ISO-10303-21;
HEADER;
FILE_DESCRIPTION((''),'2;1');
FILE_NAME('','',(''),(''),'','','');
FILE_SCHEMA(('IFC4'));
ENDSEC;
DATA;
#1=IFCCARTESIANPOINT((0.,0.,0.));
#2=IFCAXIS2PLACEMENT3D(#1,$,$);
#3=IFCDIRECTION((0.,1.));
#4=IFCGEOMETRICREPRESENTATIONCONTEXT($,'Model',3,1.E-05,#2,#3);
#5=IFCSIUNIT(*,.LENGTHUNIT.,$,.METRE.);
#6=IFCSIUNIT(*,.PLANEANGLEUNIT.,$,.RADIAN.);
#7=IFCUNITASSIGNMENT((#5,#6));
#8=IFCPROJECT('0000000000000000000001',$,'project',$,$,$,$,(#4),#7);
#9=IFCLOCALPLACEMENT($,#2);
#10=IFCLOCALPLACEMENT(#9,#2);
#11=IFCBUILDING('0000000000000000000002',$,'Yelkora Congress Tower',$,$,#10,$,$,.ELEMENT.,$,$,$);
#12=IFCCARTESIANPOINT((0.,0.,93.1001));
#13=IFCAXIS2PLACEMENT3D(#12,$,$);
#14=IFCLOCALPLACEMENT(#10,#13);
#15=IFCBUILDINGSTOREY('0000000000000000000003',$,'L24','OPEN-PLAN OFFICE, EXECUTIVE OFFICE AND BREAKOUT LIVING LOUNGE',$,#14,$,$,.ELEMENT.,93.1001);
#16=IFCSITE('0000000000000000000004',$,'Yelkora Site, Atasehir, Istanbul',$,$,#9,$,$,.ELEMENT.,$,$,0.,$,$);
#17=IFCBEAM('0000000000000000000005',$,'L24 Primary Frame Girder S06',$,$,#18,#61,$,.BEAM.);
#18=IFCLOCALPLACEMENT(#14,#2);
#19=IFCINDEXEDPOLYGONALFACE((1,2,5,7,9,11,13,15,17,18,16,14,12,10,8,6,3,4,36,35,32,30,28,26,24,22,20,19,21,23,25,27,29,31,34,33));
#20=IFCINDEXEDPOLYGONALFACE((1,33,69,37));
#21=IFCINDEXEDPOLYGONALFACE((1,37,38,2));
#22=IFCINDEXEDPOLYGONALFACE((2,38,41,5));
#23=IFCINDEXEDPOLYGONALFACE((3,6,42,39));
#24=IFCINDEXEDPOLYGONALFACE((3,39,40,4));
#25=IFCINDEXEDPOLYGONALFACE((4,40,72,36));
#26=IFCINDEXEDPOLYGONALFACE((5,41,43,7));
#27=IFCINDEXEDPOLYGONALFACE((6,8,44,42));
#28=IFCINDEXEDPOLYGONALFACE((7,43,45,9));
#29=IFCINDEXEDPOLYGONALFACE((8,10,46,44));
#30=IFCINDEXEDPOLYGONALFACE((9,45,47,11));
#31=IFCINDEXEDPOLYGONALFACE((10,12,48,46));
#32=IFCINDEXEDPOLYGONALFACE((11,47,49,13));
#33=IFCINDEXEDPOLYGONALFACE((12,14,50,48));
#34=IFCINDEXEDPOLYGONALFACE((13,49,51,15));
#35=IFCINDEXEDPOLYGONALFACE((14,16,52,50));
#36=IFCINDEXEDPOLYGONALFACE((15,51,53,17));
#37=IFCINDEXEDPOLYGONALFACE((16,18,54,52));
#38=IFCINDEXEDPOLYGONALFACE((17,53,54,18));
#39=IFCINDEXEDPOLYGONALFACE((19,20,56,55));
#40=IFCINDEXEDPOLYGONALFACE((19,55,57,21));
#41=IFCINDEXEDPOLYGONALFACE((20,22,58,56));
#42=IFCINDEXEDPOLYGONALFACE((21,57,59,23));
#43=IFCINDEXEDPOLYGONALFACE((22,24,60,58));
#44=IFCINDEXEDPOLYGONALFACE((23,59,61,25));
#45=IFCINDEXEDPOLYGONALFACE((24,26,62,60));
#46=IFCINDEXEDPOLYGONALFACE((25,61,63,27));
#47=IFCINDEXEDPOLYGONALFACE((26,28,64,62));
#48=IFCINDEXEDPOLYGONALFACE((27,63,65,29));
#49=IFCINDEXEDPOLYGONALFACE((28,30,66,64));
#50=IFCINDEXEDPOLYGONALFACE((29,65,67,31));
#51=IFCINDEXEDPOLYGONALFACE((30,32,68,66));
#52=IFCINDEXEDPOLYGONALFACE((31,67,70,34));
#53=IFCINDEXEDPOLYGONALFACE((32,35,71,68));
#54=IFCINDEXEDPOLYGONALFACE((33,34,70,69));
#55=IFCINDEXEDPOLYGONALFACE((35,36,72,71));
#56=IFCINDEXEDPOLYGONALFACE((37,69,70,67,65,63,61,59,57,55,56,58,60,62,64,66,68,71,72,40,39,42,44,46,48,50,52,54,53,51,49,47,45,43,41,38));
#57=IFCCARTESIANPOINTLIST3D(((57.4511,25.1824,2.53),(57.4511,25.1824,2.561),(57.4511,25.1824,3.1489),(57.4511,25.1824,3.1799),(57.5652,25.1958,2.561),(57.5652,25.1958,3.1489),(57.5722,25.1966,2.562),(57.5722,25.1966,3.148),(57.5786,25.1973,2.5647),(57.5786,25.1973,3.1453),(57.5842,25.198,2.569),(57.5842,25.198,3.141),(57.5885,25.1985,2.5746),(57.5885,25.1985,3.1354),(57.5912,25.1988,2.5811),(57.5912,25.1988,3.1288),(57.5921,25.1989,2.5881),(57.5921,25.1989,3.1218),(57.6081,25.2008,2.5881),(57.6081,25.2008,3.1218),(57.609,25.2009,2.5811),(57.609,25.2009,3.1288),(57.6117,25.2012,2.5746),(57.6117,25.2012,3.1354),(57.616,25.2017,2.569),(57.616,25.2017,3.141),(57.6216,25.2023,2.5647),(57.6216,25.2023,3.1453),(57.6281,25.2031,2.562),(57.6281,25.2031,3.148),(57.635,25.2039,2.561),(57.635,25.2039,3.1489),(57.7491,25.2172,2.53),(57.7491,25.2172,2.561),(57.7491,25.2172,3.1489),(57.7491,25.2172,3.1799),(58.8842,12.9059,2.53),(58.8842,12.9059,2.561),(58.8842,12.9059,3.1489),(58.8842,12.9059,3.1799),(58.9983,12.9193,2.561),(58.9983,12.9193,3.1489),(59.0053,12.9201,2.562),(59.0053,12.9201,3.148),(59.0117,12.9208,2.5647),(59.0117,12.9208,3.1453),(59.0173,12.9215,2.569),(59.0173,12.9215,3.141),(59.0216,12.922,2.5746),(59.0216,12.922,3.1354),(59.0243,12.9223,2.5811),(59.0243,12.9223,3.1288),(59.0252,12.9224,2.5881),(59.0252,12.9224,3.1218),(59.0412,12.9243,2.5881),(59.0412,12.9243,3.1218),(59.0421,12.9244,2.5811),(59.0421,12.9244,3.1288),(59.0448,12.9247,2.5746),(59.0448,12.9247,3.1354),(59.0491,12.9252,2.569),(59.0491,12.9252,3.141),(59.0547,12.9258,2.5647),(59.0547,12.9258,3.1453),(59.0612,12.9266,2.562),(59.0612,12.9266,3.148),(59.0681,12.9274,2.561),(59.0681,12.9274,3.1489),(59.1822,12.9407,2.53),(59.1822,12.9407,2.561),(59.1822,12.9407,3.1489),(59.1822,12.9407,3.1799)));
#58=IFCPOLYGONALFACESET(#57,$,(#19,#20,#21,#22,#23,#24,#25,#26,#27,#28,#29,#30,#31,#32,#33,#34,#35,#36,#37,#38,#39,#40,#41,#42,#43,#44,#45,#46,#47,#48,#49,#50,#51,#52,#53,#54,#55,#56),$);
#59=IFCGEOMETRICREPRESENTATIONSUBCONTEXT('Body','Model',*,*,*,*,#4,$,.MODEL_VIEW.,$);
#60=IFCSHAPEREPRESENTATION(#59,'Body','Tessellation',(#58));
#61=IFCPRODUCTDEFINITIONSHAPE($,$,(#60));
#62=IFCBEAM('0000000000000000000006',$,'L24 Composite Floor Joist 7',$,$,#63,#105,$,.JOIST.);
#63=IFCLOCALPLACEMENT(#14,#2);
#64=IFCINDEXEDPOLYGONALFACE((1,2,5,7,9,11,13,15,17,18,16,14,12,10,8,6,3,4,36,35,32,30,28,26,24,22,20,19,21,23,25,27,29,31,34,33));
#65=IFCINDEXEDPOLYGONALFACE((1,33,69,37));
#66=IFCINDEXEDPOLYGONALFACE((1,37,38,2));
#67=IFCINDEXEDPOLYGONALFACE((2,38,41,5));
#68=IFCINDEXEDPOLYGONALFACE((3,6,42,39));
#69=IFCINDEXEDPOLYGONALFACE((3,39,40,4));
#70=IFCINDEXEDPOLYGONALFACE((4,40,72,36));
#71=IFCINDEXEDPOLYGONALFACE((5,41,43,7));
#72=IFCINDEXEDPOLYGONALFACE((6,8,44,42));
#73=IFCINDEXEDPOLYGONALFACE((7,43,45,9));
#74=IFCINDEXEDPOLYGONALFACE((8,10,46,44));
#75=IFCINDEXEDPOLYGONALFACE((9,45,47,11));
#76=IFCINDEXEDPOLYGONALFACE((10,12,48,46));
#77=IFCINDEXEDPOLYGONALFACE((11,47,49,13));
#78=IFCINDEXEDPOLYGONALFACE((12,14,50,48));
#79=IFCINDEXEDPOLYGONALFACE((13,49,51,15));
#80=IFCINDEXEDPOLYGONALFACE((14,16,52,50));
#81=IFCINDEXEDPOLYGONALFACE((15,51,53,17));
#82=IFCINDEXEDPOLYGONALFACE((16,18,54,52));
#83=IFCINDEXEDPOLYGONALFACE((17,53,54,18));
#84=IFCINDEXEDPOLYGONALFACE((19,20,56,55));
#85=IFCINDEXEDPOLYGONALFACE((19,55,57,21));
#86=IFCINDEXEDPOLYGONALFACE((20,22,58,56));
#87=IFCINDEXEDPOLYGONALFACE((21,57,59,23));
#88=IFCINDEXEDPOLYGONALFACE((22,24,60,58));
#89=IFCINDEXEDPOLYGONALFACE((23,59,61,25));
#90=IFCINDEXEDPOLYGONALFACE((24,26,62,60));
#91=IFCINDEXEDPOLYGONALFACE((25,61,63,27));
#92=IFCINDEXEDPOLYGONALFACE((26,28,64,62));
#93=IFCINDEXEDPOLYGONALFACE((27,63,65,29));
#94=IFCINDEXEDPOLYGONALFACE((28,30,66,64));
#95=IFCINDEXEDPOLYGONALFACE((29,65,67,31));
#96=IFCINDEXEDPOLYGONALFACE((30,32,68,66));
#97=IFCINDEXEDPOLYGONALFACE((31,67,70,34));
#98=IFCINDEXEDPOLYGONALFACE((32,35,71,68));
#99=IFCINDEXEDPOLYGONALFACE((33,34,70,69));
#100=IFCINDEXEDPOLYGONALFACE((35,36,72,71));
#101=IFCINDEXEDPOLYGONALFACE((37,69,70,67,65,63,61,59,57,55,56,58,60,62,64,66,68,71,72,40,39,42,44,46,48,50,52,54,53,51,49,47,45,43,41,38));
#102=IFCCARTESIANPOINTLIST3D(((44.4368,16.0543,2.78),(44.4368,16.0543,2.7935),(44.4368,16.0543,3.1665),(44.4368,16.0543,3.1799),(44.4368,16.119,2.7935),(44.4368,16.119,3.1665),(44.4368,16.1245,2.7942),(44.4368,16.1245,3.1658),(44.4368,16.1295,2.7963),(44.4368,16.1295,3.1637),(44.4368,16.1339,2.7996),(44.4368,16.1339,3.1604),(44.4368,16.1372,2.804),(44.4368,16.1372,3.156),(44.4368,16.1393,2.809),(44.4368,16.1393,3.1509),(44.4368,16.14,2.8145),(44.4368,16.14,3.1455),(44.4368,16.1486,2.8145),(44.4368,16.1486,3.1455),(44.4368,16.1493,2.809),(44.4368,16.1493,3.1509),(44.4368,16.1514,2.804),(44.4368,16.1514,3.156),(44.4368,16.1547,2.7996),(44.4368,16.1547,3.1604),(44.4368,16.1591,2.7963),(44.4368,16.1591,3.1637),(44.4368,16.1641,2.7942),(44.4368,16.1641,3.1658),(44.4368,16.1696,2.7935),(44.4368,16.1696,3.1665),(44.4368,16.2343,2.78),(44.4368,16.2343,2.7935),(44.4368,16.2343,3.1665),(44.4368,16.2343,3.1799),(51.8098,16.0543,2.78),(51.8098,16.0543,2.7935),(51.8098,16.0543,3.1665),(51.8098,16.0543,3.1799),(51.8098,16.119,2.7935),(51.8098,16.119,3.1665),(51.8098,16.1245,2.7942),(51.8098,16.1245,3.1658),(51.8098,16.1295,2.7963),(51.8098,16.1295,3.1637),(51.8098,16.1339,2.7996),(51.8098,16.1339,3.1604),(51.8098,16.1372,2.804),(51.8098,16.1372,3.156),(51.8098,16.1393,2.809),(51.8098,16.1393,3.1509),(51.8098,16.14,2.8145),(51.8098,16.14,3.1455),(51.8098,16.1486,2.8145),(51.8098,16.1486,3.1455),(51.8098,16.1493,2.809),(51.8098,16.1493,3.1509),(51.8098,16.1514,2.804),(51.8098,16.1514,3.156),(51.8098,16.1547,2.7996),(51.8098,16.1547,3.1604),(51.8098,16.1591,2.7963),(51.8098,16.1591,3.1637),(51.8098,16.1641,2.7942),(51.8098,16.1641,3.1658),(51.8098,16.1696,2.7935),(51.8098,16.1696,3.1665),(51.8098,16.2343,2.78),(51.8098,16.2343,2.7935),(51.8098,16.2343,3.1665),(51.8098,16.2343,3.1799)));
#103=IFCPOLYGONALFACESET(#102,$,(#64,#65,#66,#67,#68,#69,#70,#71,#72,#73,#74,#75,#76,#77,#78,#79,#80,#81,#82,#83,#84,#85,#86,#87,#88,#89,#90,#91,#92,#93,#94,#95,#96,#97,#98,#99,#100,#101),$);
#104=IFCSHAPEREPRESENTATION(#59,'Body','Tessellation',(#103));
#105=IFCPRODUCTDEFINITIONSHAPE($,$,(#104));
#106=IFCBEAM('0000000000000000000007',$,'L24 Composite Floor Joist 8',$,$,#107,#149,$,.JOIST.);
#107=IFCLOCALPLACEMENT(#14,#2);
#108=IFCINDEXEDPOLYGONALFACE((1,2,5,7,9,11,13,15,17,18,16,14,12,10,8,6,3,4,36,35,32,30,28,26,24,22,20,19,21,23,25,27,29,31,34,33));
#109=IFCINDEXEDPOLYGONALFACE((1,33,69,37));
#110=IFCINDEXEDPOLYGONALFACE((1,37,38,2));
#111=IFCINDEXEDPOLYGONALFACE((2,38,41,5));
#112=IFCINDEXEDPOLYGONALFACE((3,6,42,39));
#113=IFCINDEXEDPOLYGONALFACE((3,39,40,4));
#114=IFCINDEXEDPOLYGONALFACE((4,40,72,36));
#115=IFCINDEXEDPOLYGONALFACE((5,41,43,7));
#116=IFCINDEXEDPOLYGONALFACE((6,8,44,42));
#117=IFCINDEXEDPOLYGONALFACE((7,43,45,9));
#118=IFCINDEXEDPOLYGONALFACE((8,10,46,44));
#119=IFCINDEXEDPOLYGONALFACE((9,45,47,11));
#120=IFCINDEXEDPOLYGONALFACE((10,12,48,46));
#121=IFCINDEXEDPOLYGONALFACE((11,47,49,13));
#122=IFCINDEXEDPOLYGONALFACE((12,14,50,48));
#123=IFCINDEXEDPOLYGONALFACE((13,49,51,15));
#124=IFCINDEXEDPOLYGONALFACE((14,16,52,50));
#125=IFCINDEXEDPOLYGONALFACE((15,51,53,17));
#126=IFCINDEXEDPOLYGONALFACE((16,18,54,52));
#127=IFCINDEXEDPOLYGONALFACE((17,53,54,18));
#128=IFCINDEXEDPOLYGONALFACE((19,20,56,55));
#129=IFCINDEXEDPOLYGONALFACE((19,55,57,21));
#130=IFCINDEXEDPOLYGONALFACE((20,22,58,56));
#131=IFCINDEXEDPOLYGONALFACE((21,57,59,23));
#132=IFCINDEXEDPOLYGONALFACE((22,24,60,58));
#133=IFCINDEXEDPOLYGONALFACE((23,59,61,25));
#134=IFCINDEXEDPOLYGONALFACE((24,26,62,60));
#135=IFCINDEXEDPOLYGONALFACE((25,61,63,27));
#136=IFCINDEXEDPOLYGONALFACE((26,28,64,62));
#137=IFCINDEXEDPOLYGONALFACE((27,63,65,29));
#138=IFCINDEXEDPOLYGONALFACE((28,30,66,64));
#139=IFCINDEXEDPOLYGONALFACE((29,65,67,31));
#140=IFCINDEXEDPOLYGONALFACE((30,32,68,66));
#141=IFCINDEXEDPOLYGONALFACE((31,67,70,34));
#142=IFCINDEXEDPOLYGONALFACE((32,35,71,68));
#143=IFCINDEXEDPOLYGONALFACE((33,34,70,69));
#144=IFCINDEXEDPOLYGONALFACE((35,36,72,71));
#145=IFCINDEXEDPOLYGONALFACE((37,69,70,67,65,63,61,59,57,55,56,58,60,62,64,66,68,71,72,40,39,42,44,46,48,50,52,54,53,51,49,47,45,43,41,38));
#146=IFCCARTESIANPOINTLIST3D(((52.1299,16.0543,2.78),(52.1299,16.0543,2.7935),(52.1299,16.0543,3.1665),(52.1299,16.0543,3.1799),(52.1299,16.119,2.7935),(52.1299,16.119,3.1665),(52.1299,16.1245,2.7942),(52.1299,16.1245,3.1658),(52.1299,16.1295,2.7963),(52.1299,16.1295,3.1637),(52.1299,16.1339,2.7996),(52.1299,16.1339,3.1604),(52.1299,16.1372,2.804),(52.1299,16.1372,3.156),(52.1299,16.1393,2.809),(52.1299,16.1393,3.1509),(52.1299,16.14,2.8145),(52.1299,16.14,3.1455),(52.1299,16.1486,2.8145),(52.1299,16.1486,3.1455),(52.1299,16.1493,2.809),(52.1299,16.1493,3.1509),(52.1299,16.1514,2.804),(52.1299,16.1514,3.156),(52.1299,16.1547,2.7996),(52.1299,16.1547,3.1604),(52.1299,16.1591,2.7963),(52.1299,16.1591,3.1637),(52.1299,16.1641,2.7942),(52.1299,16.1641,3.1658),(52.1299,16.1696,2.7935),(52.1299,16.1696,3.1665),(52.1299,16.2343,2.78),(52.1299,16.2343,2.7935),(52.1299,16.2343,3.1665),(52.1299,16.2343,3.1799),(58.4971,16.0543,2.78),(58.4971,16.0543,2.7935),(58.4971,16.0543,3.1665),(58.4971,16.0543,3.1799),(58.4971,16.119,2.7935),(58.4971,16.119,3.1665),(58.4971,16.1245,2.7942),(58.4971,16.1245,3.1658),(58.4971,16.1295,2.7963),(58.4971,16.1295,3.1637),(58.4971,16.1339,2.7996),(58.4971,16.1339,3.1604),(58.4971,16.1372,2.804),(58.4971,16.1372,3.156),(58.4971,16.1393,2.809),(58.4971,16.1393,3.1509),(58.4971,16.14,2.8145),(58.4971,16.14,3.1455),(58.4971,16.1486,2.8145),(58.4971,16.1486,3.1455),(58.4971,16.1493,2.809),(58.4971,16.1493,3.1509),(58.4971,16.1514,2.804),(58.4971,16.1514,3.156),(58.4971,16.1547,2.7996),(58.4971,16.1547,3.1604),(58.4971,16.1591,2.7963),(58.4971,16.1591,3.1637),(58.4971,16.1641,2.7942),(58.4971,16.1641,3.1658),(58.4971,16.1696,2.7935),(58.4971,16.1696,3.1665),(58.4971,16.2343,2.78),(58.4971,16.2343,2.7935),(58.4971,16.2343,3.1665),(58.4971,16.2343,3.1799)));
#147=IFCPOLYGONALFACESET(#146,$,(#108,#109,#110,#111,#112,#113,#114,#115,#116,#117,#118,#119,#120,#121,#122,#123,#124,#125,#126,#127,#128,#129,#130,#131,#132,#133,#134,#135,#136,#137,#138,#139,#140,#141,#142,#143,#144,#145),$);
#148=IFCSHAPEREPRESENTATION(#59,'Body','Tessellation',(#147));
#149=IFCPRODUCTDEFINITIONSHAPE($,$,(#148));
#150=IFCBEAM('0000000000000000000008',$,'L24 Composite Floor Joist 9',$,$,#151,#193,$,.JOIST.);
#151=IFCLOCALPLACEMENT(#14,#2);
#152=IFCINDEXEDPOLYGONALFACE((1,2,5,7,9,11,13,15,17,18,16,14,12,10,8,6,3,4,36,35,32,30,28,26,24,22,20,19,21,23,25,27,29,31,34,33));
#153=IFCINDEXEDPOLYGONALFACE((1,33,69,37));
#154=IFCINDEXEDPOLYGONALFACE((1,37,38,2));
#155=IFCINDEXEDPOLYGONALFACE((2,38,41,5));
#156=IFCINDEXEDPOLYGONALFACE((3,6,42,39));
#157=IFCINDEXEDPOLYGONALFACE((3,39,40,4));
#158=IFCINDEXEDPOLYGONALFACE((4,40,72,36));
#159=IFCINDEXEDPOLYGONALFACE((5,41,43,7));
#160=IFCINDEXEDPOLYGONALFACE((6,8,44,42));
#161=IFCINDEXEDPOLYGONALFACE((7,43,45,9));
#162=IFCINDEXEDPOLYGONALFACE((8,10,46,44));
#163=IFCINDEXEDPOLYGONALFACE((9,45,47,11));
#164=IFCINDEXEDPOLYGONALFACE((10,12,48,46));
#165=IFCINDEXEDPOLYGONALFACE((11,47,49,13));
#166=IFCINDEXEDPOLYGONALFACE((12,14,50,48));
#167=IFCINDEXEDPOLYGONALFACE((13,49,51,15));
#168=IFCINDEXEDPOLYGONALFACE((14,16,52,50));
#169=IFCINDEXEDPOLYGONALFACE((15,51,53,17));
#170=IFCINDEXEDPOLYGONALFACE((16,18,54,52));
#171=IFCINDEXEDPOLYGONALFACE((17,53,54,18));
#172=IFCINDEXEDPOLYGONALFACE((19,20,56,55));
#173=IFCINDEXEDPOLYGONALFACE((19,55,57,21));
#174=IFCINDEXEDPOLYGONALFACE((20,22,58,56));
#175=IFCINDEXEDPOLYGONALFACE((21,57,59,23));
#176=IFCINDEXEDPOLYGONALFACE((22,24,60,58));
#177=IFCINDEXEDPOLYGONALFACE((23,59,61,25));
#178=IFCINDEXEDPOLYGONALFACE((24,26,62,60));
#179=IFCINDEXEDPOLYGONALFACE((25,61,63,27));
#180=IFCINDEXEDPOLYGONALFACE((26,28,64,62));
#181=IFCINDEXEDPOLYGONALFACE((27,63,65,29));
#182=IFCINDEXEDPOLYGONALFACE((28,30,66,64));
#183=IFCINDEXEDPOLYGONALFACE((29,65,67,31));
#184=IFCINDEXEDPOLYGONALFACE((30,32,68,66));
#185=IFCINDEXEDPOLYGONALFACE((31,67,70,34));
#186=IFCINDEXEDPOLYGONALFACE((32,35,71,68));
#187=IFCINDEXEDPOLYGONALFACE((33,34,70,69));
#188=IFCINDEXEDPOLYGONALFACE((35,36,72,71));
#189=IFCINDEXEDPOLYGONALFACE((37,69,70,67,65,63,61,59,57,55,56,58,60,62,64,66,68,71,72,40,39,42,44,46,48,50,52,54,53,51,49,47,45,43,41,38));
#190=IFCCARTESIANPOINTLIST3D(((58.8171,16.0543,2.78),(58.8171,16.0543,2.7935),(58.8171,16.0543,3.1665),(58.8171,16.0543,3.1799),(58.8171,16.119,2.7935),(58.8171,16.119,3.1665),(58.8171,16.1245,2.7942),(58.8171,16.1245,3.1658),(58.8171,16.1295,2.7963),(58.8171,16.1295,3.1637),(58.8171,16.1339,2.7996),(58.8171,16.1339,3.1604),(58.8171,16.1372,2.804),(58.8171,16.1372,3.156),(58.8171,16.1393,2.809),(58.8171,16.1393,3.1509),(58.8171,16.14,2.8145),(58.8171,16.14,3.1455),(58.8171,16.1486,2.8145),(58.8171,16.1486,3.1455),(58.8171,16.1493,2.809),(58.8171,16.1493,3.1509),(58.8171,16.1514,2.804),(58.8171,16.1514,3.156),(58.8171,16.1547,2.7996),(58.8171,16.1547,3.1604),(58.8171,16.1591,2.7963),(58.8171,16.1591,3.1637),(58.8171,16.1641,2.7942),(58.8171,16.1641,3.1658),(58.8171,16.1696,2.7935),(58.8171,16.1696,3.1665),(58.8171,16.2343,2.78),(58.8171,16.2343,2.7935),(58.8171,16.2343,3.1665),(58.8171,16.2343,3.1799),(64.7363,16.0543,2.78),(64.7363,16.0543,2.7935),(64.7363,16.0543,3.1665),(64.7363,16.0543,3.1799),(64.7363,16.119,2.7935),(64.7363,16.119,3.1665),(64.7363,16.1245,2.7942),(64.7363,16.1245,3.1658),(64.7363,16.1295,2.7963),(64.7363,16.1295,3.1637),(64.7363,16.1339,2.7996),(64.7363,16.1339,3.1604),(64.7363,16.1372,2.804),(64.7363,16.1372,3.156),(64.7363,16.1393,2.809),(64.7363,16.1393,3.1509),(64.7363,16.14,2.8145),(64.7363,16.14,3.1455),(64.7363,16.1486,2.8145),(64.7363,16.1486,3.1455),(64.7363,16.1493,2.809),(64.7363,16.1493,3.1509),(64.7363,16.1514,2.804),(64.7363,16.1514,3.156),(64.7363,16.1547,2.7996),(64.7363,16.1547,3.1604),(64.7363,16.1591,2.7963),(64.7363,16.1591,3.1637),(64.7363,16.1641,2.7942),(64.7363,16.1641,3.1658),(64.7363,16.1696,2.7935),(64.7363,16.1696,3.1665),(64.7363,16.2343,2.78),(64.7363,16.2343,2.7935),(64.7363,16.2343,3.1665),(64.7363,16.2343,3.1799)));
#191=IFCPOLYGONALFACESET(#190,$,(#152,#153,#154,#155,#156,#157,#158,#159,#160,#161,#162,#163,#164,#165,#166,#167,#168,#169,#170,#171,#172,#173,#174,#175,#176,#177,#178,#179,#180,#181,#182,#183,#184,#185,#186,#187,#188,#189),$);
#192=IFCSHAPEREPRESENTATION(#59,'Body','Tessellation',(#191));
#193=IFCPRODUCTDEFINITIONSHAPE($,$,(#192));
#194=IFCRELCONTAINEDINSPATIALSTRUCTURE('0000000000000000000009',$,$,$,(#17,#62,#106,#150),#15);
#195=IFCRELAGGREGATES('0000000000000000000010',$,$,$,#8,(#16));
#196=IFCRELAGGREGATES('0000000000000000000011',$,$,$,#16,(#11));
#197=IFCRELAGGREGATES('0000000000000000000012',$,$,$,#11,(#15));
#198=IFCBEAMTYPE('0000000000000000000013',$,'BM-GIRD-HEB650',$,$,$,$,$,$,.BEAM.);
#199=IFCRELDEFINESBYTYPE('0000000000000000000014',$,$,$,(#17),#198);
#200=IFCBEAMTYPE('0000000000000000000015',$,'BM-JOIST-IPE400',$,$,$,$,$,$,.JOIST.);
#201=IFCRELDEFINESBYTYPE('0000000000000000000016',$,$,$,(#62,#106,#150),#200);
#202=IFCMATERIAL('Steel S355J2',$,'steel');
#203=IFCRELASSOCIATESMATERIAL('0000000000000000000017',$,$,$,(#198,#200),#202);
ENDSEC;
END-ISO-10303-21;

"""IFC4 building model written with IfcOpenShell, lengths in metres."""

from ifc_helpers import new_model, si_unit, direction, frame, origin, origin_2d, place, context, subcontext, project, spatial, i_section, extrude, material, material_profile, profile_set, type_object, element, save


model = new_model("IFC4")

# Units and contexts
model_context = context("Model", 3, precision=1e-05, world=origin(), true_north=direction((0.0, 1.0)))
body_context = subcontext(model_context, "Body", "Model", "MODEL_VIEW")
ifc_project = project(units=[si_unit("LENGTHUNIT", "METRE"), si_unit("PLANEANGLEUNIT", "RADIAN")], contexts=[model_context])

# Site, building, storey
site_placement = place(None, origin())
site = spatial("IfcSite", under=ifc_project, at=site_placement, Name="Yelkora Site, Atasehir, Istanbul", CompositionType="ELEMENT", RefElevation=0.0)
building_placement = place(site_placement, origin())
building = spatial("IfcBuilding", under=site, at=building_placement, Name="Yelkora Congress Tower", CompositionType="ELEMENT")
storey_placement = place(building_placement, frame((0.0, 0.0, 93.1001)))
storey = spatial("IfcBuildingStorey", under=building, at=storey_placement, Name="L24", Description="OPEN-PLAN OFFICE, EXECUTIVE OFFICE AND BREAKOUT LIVING LOUNGE", CompositionType="ELEMENT", Elevation=93.1001)

# Beams
ifc_material_1 = material(Name="Steel S355J2", Category="steel")
ifc_material_profile_1 = material_profile(ifc_material_1, i_section(OverallWidth=0.3, OverallDepth=0.6499, WebThickness=0.0161, FlangeThickness=0.031, FilletRadius=0.0271, at=origin_2d()), Name="HEB 650")
ifc_profile_set_1 = profile_set([ifc_material_profile_1], Name="Steel S355J2")
beam_type_1 = type_object("IfcBeamType", Name="BM-GIRD-HEB650", PredefinedType="BEAM", material=ifc_profile_set_1)
beam_1_placement = place(storey_placement, frame((59.0332, 12.9233, 2.855), z_axis=(-0.115947, 0.993255, 0.0), x_axis=(-0.993255, -0.115947, 0.0)))
element("IfcBeam", 1, at=beam_1_placement, inside=storey, type_object=beam_type_1, Name="L24 Primary Frame Girder S06", PredefinedType="BEAM", context=body_context, shape_type="SweptSolid", body=[
    extrude(i_section(OverallWidth=0.3, OverallDepth=0.6499, WebThickness=0.0161, FlangeThickness=0.031, FilletRadius=0.0271, at=origin_2d()), origin(), (0.0, 0.0, 1.0), 12.3599),
])
ifc_material_profile_2 = material_profile(ifc_material_1, i_section(OverallWidth=0.1799, OverallDepth=0.3999, WebThickness=0.0085, FlangeThickness=0.0134, FilletRadius=0.021, at=origin_2d()), Name="IPE 400")
ifc_profile_set_2 = profile_set([ifc_material_profile_2], Name="Steel S355J2")
beam_type_2 = type_object("IfcBeamType", Name="BM-JOIST-IPE400", PredefinedType="JOIST", material=ifc_profile_set_2)
beam_2_placement = place(storey_placement, frame((44.4368, 16.1443, 2.98), z_axis=(1.0, 0.0, 0.0), x_axis=(0.0, 1.0, 0.0)))
element("IfcBeam", 2, at=beam_2_placement, inside=storey, type_object=beam_type_2, Name="L24 Composite Floor Joist 7", PredefinedType="JOIST", context=body_context, shape_type="SweptSolid", body=[
    extrude(i_section(OverallWidth=0.1799, OverallDepth=0.3999, WebThickness=0.0085, FlangeThickness=0.0134, FilletRadius=0.021, at=origin_2d()), origin(), (0.0, 0.0, 1.0), 7.373),
])
beam_3_placement = place(storey_placement, frame((52.1299, 16.1443, 2.98), z_axis=(1.0, 0.0, 0.0), x_axis=(0.0, 1.0, 0.0)))
element("IfcBeam", 3, at=beam_3_placement, inside=storey, type_object=beam_type_2, Name="L24 Composite Floor Joist 8", PredefinedType="JOIST", context=body_context, shape_type="SweptSolid", body=[
    extrude(i_section(OverallWidth=0.1799, OverallDepth=0.3999, WebThickness=0.0085, FlangeThickness=0.0134, FilletRadius=0.021, at=origin_2d()), origin(), (0.0, 0.0, 1.0), 6.3672),
])
beam_4_placement = place(storey_placement, frame((58.8171, 16.1443, 2.98), z_axis=(1.0, 0.0, 0.0), x_axis=(0.0, 1.0, 0.0)))
element("IfcBeam", 4, at=beam_4_placement, inside=storey, type_object=beam_type_2, Name="L24 Composite Floor Joist 9", PredefinedType="JOIST", context=body_context, shape_type="SweptSolid", body=[
    extrude(i_section(OverallWidth=0.1799, OverallDepth=0.3999, WebThickness=0.0085, FlangeThickness=0.0134, FilletRadius=0.021, at=origin_2d()), origin(), (0.0, 0.0, 1.0), 5.9192),
])

save(model, "model.ifc")
